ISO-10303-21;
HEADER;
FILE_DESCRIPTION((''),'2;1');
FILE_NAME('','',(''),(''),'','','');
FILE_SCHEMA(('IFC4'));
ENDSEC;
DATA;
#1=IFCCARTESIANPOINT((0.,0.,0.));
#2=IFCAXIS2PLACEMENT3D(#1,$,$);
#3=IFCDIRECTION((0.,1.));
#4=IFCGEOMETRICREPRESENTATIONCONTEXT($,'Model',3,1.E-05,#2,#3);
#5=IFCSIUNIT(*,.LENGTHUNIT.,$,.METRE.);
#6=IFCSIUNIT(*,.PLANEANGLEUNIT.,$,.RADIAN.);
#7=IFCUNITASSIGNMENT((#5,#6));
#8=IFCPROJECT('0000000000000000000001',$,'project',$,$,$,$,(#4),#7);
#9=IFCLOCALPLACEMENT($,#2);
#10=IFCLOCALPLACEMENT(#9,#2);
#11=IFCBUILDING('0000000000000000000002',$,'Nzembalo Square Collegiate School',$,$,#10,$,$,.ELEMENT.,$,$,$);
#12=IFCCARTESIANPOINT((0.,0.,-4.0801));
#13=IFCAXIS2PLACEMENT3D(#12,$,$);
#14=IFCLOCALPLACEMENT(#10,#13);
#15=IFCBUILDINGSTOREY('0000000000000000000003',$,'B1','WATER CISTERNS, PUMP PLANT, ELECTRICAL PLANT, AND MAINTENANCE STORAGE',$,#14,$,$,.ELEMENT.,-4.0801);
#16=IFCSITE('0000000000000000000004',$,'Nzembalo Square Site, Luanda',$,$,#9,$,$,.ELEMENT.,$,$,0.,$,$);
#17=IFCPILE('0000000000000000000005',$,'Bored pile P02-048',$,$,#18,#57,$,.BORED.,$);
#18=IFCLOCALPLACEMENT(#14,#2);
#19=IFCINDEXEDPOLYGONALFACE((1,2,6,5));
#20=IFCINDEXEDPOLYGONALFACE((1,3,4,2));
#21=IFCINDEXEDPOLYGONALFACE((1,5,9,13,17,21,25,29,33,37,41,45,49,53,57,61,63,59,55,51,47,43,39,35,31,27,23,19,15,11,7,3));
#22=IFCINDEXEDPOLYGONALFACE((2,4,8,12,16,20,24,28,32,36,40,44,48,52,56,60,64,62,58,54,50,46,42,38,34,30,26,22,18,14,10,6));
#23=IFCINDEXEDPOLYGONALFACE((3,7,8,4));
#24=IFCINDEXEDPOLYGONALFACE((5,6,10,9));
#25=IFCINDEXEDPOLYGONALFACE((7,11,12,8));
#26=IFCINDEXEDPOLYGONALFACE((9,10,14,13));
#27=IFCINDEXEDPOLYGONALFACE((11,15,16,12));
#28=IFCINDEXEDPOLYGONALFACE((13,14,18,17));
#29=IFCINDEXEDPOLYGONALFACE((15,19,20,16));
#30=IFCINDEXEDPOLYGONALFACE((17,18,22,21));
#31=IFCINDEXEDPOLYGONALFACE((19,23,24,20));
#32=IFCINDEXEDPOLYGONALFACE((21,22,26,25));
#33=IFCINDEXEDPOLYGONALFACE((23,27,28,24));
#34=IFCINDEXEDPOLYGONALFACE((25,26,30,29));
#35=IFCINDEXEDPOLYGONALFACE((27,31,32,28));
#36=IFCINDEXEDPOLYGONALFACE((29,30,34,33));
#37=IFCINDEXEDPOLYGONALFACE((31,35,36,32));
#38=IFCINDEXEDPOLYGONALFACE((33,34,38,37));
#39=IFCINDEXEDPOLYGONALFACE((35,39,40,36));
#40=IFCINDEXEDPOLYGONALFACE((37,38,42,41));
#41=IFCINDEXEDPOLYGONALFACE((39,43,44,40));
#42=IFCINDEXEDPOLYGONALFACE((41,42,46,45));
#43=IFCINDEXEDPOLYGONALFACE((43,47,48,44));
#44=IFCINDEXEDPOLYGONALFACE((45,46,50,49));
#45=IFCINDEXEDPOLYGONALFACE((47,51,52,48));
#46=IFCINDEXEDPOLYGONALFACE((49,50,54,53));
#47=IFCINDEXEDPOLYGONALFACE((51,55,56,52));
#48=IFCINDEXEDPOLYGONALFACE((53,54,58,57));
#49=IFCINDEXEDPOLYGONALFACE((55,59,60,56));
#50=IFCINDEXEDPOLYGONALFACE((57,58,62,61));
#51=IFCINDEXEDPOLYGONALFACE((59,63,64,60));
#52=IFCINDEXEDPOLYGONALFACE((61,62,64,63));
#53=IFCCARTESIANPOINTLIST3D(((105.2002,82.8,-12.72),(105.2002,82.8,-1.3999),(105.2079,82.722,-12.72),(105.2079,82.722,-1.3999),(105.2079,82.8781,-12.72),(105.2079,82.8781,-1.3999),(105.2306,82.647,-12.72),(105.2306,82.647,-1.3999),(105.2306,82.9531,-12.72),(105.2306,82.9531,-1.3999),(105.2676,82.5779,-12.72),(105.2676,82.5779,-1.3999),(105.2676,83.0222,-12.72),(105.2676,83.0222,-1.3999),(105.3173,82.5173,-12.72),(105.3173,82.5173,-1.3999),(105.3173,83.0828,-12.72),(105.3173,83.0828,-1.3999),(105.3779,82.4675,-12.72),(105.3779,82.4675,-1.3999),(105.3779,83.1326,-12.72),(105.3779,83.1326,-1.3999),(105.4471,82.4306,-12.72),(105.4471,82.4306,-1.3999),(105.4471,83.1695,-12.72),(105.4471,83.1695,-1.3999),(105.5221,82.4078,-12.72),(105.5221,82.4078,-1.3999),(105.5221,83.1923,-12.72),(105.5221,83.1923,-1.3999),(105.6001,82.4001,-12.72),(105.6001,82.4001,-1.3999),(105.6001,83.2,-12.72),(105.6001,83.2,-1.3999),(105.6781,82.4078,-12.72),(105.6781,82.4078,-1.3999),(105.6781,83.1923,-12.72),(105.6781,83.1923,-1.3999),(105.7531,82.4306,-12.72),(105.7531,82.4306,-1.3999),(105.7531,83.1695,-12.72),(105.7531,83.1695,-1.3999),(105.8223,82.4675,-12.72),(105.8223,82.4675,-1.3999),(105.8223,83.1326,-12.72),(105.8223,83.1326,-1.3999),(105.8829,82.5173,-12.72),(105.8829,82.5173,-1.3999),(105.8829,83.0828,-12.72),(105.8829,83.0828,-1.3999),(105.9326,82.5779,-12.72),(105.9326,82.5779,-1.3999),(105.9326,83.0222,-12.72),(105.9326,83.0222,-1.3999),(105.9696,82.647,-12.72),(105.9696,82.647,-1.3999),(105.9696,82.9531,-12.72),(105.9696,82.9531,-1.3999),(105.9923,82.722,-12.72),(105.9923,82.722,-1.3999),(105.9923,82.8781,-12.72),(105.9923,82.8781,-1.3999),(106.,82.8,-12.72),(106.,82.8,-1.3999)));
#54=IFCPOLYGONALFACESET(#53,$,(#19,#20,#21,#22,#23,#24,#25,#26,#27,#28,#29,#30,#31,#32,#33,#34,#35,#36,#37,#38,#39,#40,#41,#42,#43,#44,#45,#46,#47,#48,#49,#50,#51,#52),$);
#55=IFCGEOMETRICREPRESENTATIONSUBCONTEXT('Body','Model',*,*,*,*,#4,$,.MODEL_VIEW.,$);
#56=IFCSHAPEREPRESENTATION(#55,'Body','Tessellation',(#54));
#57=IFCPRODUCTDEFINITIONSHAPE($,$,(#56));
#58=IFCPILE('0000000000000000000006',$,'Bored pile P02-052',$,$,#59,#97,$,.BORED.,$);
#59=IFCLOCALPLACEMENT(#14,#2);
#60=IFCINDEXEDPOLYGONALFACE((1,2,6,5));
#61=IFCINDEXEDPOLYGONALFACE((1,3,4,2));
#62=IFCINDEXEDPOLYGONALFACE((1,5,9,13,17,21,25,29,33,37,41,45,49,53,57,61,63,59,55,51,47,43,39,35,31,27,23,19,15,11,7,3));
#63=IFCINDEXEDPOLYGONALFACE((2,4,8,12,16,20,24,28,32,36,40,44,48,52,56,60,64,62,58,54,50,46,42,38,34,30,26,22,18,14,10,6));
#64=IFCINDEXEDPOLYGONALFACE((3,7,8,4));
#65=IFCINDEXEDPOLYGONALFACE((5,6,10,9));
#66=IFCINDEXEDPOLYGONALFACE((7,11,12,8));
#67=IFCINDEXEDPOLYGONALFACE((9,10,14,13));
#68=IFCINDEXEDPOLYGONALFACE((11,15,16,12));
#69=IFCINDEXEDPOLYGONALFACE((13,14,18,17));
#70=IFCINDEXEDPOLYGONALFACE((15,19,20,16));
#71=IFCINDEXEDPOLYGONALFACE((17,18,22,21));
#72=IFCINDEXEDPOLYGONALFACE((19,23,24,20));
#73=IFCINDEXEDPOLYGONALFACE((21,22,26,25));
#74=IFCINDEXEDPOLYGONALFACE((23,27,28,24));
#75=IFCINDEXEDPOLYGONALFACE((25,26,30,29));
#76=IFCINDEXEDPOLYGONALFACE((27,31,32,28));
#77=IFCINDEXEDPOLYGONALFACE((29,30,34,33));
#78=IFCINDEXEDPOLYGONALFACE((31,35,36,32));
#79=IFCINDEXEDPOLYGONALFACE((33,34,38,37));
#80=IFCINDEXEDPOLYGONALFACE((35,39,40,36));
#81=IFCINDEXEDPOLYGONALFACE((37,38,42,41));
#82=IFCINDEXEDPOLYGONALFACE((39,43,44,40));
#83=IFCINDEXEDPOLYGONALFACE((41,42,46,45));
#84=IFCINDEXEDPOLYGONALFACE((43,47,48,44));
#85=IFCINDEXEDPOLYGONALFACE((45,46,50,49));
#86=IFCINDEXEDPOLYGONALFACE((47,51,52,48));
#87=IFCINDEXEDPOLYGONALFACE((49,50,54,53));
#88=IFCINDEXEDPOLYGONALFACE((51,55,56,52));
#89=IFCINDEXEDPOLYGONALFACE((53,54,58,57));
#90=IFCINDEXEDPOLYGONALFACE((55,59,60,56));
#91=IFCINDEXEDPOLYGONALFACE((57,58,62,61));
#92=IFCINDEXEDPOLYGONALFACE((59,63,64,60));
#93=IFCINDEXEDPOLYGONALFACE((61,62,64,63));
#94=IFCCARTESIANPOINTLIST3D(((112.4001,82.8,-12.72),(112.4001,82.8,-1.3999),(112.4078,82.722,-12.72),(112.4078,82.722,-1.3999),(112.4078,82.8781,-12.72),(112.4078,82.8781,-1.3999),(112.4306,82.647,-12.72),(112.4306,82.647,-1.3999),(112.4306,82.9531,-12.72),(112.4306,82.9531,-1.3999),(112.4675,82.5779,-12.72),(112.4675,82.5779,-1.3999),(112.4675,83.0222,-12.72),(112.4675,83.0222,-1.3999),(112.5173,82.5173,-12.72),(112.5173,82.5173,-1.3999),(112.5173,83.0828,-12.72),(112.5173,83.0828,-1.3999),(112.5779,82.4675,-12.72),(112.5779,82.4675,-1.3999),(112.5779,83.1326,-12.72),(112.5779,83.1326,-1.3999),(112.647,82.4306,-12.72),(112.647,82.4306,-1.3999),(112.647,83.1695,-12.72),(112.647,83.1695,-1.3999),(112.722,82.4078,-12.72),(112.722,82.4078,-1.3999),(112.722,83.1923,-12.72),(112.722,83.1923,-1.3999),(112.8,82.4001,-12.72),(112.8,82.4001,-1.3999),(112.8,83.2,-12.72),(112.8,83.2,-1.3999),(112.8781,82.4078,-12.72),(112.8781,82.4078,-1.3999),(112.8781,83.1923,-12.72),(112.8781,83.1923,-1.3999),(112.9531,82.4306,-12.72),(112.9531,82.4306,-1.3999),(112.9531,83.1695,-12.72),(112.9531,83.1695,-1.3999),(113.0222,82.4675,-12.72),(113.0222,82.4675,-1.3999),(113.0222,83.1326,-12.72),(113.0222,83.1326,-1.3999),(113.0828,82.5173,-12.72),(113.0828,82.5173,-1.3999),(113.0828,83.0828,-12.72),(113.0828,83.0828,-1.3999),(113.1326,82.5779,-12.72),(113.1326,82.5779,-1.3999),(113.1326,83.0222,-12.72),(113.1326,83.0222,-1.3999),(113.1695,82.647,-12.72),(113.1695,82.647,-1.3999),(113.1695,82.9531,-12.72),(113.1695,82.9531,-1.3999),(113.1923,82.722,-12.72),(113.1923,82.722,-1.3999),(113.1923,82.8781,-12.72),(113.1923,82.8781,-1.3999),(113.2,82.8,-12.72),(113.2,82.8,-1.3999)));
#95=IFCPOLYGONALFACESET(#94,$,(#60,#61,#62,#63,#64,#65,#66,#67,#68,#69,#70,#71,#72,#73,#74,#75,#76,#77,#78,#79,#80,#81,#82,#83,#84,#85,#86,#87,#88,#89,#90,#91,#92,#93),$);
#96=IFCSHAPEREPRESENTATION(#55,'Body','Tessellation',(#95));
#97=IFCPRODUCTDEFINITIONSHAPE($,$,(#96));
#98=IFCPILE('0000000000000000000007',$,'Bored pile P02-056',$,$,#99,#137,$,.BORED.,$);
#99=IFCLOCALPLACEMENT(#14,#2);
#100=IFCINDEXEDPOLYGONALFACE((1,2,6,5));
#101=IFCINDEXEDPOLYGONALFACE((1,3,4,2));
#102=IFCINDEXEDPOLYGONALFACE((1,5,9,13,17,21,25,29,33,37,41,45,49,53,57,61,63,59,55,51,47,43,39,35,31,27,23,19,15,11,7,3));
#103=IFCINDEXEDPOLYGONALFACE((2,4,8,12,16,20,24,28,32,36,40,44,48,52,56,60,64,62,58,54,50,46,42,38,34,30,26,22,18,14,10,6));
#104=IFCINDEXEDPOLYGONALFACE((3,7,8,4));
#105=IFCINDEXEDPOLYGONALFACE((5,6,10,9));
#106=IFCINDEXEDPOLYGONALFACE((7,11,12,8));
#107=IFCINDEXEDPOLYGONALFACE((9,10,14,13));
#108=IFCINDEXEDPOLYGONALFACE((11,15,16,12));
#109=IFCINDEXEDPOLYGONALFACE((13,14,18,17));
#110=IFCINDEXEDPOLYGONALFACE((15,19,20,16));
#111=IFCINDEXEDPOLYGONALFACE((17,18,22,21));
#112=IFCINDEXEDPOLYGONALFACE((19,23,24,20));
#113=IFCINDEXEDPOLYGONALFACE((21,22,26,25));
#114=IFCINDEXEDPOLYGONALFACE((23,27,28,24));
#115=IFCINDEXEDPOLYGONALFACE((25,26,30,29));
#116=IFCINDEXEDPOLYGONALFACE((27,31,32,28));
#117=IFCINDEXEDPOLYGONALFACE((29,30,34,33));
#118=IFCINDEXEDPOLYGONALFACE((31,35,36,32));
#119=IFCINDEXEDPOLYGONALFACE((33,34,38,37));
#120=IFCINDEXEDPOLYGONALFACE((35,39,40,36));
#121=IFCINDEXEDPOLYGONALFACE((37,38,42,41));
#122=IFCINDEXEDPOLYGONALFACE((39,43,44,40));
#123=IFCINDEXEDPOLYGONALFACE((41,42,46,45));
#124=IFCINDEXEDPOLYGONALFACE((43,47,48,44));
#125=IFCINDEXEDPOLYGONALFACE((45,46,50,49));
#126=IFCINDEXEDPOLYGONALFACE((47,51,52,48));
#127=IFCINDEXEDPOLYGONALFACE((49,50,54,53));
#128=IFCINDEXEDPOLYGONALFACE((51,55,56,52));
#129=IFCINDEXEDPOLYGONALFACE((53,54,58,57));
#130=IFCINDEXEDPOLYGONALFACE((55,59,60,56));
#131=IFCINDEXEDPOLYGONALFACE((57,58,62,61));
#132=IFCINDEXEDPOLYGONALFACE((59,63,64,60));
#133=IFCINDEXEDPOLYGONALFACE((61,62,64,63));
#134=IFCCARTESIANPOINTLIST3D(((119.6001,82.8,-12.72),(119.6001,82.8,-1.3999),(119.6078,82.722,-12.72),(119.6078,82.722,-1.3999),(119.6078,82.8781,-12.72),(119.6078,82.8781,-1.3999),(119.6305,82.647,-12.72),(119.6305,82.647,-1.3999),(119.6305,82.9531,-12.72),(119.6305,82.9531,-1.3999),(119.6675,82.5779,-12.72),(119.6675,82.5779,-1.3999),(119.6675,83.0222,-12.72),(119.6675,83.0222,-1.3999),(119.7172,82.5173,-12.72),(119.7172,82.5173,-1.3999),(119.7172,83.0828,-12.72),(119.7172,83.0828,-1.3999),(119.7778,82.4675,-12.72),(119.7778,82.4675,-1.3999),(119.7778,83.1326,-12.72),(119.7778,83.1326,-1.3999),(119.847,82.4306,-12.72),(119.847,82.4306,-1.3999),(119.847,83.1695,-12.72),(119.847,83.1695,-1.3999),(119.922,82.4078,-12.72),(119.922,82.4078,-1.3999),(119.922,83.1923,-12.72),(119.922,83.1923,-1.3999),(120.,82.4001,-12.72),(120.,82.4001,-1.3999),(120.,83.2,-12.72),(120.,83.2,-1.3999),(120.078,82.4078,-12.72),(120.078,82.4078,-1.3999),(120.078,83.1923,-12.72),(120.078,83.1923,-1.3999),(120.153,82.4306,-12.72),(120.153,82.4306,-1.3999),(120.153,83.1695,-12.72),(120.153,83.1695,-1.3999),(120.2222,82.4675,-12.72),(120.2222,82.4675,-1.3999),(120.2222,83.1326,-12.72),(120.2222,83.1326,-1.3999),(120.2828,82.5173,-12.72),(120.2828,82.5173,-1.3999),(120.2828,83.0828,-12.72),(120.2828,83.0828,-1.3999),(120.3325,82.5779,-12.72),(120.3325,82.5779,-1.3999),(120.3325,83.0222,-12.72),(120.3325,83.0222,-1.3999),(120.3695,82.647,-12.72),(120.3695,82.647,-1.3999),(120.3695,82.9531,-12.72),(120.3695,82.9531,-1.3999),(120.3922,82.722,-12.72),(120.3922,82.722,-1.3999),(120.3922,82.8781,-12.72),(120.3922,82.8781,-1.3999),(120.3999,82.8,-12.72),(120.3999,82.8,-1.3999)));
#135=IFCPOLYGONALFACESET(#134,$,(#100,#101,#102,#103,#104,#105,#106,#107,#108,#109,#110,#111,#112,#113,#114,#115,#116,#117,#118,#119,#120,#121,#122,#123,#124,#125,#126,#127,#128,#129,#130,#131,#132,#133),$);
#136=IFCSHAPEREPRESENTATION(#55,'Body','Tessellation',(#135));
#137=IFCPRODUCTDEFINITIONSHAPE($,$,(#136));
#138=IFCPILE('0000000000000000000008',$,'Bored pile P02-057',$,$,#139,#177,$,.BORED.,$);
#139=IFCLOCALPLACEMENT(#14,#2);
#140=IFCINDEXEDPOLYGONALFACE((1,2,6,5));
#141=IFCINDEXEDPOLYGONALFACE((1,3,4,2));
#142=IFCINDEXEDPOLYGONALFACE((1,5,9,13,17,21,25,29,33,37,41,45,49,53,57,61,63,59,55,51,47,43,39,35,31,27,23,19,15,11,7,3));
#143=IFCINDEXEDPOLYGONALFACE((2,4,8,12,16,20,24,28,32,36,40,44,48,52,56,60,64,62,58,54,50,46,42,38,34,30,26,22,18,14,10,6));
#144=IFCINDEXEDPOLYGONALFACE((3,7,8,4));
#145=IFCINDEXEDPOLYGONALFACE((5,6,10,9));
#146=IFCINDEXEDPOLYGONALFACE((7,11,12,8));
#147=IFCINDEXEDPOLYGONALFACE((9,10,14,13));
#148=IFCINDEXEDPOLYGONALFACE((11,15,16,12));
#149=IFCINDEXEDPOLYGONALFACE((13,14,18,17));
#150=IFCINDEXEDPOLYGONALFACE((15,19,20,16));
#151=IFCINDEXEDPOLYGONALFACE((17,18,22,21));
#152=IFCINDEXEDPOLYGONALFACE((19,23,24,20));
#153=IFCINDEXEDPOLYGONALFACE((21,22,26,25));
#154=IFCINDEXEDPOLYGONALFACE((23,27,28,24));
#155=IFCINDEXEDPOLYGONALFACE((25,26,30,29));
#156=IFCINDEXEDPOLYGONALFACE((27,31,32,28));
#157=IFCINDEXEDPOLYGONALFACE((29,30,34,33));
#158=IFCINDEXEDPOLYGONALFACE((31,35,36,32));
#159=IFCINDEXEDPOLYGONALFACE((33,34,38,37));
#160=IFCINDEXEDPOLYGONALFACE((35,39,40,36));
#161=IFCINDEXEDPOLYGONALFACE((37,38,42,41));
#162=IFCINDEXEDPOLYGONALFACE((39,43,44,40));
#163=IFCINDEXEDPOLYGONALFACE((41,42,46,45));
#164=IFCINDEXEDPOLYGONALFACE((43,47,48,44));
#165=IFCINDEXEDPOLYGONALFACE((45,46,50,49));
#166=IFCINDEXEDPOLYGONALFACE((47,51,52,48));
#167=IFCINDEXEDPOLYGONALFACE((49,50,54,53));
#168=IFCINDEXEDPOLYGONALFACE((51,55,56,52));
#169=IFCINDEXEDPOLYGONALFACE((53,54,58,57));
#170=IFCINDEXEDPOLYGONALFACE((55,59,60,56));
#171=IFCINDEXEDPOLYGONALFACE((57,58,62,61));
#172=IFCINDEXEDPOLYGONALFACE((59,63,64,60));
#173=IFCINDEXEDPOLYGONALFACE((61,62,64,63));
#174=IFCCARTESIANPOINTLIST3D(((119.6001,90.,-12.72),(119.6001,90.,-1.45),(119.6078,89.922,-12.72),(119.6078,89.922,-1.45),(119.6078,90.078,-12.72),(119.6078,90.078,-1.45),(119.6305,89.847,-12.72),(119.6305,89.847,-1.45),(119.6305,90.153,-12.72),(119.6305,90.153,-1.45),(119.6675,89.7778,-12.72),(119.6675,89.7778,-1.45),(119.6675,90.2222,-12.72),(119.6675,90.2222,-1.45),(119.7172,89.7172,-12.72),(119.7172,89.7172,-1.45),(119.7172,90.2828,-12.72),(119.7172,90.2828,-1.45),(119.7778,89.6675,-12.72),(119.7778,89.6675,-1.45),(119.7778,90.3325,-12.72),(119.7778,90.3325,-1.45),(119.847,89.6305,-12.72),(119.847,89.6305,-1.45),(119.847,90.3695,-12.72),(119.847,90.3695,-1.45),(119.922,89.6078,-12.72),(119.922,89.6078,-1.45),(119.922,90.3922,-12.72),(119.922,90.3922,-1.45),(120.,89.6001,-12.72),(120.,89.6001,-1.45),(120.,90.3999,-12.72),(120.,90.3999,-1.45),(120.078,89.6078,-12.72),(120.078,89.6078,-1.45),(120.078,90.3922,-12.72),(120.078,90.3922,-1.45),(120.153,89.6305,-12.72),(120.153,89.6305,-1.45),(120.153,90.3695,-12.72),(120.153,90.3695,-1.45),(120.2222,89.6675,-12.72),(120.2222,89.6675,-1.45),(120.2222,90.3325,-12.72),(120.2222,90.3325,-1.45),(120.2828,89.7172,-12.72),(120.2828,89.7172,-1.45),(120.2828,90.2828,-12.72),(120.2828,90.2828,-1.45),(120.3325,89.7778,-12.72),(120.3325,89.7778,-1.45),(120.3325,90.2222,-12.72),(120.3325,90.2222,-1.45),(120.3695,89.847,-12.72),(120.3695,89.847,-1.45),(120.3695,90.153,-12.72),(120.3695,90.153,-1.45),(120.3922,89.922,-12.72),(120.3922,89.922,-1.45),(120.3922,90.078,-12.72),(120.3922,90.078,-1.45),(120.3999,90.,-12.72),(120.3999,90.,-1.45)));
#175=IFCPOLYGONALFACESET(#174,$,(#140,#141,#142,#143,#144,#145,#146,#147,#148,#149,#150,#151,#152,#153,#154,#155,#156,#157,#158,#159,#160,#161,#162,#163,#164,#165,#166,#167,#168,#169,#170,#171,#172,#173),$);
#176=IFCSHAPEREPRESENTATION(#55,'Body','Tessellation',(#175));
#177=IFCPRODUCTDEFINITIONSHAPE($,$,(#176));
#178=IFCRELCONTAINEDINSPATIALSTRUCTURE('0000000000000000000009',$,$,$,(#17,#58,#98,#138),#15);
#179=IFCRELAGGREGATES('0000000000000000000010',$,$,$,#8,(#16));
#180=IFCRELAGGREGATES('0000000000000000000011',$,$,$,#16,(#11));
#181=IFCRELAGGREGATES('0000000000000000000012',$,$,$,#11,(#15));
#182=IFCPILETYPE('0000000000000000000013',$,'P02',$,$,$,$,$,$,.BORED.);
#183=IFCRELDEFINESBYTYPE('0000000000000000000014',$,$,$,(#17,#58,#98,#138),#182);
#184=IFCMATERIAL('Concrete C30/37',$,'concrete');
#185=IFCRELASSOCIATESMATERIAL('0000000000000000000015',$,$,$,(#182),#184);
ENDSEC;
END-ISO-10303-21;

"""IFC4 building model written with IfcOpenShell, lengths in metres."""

from ifc_helpers import new_model, si_unit, direction, frame, origin, origin_2d, place, context, subcontext, project, spatial, circle, extrude, material, material_profile, profile_set, type_object, element, save


model = new_model("IFC4")

# Units and contexts
model_context = context("Model", 3, precision=1e-05, world=origin(), true_north=direction((0.0, 1.0)))
body_context = subcontext(model_context, "Body", "Model", "MODEL_VIEW")
ifc_project = project(units=[si_unit("LENGTHUNIT", "METRE"), si_unit("PLANEANGLEUNIT", "RADIAN")], contexts=[model_context])

# Site, building, storey
site_placement = place(None, origin())
site = spatial("IfcSite", under=ifc_project, at=site_placement, Name="Nzembalo Square Site, Luanda", CompositionType="ELEMENT", RefElevation=0.0)
building_placement = place(site_placement, origin())
building = spatial("IfcBuilding", under=site, at=building_placement, Name="Nzembalo Square Collegiate School", CompositionType="ELEMENT")
storey_placement = place(building_placement, frame((0.0, 0.0, -4.0801)))
storey = spatial("IfcBuildingStorey", under=building, at=storey_placement, Name="B1", Description="WATER CISTERNS, PUMP PLANT, ELECTRICAL PLANT, AND MAINTENANCE STORAGE", CompositionType="ELEMENT", Elevation=-4.0801)

# Piles
ifc_material_1 = material(Name="Concrete C30/37", Category="concrete")
ifc_material_profile_1 = material_profile(ifc_material_1, circle(Radius=0.3999, at=origin_2d()), Name="PILE D800")
ifc_profile_set_1 = profile_set([ifc_material_profile_1], Name="Concrete C30/37")
pile_type_1 = type_object("IfcPileType", Name="P02", PredefinedType="BORED", material=ifc_profile_set_1)
for number, where, z_axis, x_axis, name in (
    (1, (105.6001, 82.8, -1.3999), (0.0, 0.0, -1.0), (1.0, 0.0, 0.0), "Bored pile P02-048"),
    (2, (112.8, 82.8, -1.3999), (0.0, 0.0, -1.0), (1.0, 0.0, 0.0), "Bored pile P02-052"),
    (3, (120.0, 82.8, -1.3999), (0.0, 0.0, -1.0), (1.0, 0.0, 0.0), "Bored pile P02-056"),
):
    element("IfcPile", number, at=place(storey_placement, frame(where, z_axis=z_axis, x_axis=x_axis)), inside=storey, type_object=pile_type_1, Name=name, PredefinedType="BORED", context=body_context, shape_type="SweptSolid", body=[
        extrude(circle(Radius=0.3999, at=origin_2d()), origin(), (0.0, 0.0, 1.0), 11.3201),
    ])
for number, where, z_axis, x_axis, name in (
    (4, (120.0, 90.0, -1.45), (0.0, 0.0, -1.0), (1.0, 0.0, 0.0), "Bored pile P02-057"),
):
    element("IfcPile", number, at=place(storey_placement, frame(where, z_axis=z_axis, x_axis=x_axis)), inside=storey, type_object=pile_type_1, Name=name, PredefinedType="BORED", context=body_context, shape_type="SweptSolid", body=[
        extrude(circle(Radius=0.3999, at=origin_2d()), origin(), (0.0, 0.0, 1.0), 11.27),
    ])

save(model, "model.ifc")
